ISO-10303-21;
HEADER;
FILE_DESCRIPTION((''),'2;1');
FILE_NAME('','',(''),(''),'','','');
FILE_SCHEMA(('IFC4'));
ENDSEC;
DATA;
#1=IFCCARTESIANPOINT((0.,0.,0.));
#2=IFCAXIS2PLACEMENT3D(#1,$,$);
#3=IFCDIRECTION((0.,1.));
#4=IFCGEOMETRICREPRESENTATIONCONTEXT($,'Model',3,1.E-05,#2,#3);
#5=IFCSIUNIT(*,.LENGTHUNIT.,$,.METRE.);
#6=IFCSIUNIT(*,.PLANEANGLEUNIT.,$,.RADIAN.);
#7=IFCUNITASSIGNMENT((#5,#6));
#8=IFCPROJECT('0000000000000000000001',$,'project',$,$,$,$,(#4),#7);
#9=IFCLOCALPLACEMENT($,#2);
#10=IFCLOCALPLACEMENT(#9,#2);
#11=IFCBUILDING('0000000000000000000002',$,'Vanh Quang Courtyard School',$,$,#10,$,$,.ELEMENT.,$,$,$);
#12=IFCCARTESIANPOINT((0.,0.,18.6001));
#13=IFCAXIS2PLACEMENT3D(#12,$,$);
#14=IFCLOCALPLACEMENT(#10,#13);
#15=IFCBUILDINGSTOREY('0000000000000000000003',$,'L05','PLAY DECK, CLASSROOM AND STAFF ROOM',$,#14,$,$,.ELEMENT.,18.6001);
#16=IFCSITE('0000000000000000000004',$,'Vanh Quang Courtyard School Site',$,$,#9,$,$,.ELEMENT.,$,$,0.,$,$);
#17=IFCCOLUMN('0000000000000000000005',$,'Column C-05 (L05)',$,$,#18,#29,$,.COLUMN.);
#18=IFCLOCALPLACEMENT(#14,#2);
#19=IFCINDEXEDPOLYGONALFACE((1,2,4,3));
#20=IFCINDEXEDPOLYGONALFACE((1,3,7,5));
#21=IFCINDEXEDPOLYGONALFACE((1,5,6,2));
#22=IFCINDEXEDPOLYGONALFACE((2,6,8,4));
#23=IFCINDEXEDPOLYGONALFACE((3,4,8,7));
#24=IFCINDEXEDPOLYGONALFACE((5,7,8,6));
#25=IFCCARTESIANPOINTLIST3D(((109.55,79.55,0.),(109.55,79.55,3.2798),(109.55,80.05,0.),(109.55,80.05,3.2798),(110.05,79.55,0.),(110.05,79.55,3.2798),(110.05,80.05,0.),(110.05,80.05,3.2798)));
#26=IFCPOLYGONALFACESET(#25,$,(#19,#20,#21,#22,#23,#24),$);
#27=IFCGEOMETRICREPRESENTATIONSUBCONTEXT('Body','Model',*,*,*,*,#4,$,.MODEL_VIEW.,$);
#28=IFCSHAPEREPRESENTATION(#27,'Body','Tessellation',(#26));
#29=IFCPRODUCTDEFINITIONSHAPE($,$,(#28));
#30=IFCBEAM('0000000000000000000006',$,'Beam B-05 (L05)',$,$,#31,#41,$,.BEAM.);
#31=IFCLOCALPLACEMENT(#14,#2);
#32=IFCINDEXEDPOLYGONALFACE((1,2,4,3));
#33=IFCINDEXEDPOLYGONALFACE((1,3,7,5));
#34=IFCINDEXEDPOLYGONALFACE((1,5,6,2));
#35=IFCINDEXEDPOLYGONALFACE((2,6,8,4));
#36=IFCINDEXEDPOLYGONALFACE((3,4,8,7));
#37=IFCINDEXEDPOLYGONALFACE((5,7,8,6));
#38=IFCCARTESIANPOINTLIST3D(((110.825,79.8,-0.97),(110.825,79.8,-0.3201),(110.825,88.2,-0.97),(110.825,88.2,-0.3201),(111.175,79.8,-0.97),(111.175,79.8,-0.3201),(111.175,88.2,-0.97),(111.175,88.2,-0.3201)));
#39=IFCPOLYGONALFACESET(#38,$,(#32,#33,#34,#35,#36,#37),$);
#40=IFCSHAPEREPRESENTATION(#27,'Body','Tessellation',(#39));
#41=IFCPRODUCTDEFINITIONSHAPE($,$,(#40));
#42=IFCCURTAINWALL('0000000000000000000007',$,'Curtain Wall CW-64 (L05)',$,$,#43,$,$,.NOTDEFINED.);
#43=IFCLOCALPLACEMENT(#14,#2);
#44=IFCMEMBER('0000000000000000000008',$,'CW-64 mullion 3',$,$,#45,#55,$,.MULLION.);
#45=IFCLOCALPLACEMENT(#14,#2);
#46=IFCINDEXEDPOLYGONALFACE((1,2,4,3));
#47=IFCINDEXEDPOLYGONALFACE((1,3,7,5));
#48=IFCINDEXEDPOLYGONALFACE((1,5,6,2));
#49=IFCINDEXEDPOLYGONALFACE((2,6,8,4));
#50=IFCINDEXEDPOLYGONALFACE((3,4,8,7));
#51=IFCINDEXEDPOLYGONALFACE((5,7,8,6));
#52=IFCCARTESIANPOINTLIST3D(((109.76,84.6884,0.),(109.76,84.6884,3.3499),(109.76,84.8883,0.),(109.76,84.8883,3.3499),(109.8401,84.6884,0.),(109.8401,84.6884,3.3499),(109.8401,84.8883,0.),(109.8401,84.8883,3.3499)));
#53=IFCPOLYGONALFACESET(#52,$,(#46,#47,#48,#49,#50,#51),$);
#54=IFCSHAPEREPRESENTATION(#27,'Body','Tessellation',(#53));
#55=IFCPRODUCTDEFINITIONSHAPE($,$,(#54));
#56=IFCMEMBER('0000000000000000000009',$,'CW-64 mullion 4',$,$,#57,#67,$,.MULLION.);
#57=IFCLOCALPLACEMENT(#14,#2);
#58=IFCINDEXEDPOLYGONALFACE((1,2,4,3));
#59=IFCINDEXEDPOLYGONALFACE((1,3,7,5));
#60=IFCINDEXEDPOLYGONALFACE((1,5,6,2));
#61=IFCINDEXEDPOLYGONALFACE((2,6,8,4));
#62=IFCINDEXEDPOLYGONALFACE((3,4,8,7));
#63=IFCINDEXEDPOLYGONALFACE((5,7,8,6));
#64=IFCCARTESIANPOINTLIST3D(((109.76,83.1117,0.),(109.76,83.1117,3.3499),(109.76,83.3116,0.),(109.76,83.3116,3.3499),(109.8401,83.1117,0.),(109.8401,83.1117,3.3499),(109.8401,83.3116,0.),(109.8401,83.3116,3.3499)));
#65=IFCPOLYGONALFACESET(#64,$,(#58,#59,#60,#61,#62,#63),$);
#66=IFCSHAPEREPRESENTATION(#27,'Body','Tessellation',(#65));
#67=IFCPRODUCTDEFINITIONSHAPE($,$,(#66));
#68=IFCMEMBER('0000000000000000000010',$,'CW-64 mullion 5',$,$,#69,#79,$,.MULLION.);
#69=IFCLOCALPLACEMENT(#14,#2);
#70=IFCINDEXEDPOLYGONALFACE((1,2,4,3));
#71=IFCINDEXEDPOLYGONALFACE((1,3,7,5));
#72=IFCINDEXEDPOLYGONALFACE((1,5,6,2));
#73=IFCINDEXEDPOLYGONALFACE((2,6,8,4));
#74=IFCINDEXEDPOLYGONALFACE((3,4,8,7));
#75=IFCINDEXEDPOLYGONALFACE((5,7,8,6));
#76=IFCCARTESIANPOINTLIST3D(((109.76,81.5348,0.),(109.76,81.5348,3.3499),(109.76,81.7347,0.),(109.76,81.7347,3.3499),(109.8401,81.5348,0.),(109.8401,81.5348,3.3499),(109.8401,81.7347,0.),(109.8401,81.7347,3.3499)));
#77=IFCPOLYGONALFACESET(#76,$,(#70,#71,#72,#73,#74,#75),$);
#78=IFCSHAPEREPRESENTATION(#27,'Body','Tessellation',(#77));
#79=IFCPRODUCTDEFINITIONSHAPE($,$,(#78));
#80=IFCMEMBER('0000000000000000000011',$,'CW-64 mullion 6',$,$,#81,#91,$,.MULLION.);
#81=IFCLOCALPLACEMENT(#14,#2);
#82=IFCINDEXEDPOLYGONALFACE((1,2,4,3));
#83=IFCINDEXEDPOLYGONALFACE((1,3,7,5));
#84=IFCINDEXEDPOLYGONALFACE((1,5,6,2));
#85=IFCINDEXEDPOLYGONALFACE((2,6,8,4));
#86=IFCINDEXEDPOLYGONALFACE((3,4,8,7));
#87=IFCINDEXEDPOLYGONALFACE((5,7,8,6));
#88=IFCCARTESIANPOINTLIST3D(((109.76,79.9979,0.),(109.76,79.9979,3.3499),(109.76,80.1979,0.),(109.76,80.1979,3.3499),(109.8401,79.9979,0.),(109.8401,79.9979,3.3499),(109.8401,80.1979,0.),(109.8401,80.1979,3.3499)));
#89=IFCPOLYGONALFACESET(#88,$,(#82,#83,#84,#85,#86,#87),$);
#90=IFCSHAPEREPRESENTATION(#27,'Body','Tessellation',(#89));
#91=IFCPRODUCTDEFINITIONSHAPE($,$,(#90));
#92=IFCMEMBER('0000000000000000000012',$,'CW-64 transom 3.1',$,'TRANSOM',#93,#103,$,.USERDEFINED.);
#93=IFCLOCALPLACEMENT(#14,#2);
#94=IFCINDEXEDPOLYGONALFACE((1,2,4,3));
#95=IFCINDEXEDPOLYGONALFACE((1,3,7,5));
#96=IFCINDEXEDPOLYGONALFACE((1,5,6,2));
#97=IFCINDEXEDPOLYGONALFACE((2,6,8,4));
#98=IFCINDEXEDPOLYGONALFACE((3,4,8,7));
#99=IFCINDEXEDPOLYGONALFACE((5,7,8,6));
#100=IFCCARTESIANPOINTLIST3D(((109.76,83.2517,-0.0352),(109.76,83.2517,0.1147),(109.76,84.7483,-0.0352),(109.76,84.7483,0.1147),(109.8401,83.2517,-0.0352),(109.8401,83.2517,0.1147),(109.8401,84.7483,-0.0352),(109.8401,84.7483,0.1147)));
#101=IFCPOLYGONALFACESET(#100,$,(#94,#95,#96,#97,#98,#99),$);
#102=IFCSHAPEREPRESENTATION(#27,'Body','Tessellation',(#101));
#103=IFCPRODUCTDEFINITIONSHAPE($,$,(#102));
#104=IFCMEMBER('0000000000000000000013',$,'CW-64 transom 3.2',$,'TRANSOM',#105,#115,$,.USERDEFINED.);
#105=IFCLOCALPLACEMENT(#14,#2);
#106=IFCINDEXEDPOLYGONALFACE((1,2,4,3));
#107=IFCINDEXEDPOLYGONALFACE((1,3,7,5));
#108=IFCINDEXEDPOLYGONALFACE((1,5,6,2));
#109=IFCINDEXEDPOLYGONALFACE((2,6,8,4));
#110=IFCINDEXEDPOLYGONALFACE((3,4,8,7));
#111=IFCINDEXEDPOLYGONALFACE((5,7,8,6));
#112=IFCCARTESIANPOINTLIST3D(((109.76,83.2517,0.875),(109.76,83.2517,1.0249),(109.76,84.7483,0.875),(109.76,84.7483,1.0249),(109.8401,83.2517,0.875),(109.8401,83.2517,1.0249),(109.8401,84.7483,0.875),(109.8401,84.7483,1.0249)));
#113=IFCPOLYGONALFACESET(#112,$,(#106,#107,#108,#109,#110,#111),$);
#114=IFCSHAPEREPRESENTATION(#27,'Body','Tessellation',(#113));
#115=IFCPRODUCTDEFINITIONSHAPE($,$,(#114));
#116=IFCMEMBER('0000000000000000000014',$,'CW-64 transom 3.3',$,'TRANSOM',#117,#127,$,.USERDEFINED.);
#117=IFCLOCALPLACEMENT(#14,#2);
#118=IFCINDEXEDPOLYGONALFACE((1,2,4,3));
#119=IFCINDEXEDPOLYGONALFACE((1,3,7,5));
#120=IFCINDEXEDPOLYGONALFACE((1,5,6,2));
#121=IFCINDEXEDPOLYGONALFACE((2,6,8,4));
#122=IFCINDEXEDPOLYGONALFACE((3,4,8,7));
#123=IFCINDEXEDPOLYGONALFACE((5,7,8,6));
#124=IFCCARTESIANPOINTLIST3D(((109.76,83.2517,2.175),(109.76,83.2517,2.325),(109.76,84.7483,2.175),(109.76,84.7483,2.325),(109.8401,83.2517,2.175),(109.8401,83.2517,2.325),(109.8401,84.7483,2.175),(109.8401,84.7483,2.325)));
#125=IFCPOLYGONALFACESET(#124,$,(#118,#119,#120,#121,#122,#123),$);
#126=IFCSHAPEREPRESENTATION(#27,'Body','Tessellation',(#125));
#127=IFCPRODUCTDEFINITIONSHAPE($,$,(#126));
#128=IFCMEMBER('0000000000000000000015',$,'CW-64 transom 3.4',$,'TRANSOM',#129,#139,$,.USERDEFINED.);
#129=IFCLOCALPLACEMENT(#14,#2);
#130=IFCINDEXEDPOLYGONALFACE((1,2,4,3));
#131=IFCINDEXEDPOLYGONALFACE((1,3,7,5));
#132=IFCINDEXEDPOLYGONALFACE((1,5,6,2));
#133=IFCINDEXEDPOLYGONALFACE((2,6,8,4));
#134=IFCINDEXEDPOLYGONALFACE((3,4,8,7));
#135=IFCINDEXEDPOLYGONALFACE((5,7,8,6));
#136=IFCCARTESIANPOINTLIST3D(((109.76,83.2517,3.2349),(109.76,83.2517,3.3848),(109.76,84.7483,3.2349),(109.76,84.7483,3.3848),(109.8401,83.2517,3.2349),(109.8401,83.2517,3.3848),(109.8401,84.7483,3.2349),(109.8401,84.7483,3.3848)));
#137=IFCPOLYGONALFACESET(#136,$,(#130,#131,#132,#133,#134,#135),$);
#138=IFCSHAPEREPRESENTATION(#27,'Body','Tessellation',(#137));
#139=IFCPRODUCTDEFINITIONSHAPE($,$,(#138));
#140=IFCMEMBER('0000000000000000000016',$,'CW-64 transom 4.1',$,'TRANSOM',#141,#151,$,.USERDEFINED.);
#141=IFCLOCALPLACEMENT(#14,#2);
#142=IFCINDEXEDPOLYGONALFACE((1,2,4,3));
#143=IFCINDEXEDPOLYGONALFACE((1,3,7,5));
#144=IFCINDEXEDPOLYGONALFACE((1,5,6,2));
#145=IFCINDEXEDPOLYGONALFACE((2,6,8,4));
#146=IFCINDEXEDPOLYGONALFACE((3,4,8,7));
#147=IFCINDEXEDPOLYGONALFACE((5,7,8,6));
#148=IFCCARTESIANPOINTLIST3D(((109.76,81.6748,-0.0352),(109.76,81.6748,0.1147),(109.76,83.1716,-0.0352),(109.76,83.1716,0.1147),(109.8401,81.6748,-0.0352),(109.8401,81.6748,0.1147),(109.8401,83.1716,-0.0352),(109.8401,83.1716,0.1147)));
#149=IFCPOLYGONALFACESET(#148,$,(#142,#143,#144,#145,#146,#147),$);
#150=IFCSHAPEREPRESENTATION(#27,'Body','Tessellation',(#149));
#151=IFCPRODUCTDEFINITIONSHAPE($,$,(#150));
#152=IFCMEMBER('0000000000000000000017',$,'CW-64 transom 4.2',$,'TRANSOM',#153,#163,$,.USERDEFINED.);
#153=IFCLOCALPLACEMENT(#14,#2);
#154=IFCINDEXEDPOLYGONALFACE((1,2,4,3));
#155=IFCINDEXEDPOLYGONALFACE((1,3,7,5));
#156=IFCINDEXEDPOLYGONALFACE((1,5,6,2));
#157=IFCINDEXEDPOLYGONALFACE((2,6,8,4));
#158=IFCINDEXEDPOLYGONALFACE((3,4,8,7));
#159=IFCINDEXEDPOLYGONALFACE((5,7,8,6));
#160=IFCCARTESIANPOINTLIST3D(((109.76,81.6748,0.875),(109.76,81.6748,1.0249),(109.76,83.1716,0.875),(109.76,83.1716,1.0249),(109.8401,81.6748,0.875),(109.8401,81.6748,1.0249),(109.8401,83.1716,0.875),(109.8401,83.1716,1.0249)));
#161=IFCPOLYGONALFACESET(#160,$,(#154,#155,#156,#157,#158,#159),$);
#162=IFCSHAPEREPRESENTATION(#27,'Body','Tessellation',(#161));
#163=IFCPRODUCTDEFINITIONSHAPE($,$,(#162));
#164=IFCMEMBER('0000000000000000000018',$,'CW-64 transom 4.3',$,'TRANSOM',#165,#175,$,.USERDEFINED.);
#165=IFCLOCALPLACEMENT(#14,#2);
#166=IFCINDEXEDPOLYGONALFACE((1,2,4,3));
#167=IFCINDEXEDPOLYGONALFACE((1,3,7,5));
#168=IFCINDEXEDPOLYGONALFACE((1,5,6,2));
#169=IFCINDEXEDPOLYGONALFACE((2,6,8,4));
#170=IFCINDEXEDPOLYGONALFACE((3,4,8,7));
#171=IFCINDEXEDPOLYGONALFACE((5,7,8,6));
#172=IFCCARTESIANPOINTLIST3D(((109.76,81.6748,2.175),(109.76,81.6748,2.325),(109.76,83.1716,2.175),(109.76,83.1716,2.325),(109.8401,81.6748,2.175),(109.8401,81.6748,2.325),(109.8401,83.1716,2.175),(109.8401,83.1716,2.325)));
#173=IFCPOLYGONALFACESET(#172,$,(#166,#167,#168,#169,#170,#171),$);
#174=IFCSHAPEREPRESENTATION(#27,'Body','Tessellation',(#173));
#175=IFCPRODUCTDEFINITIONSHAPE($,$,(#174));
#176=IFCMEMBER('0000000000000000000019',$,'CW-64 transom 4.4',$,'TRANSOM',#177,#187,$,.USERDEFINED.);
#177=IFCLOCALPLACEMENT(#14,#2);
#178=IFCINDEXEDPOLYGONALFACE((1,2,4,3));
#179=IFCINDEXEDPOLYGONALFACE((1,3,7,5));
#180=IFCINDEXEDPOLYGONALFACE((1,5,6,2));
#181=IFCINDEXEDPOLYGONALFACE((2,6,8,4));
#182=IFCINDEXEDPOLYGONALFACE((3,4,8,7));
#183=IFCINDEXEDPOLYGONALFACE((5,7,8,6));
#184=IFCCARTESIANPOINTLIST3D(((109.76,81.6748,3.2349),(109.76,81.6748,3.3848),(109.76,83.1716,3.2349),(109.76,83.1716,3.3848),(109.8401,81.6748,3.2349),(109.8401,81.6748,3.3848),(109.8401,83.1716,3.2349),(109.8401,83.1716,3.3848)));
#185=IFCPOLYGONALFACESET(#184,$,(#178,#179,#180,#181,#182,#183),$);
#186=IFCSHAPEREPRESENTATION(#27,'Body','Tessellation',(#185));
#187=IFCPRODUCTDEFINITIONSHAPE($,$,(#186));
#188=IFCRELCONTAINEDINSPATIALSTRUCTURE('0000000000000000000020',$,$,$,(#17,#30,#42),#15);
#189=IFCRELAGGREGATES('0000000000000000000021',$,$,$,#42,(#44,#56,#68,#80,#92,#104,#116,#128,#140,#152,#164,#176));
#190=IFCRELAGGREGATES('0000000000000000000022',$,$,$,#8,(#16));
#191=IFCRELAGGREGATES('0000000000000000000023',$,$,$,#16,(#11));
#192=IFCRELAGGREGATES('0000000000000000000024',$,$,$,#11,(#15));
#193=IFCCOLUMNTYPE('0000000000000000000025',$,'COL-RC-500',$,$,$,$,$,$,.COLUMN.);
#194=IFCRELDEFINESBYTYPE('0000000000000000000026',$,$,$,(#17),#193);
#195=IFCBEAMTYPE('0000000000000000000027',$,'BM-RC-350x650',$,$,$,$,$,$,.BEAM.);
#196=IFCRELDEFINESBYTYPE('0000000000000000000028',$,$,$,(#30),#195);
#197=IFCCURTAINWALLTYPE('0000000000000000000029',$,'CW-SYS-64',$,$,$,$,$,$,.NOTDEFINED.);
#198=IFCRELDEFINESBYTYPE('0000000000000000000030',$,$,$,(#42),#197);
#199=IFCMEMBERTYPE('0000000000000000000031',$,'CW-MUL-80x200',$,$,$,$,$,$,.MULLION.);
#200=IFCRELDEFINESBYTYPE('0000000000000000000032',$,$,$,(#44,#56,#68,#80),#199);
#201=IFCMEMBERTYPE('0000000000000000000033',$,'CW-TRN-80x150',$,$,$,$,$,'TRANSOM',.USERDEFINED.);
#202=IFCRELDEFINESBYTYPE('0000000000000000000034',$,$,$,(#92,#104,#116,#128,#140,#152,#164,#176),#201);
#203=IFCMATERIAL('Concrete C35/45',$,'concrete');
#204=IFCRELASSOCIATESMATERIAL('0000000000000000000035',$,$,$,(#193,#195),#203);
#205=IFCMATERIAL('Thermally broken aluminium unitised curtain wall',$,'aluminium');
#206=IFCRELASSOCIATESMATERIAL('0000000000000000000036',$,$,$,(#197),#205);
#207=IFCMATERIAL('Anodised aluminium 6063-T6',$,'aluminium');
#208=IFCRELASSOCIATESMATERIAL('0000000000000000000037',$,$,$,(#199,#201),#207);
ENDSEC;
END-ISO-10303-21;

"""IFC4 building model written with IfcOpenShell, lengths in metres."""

from ifc_helpers import new_model, si_unit, direction, frame, origin, origin_2d, place, context, subcontext, project, spatial, rectangle, extrude, material, material_profile, profile_set, type_object, element, aggregate, save


model = new_model("IFC4")

# Units and contexts
model_context = context("Model", 3, precision=1e-05, world=origin(), true_north=direction((0.0, 1.0)))
body_context = subcontext(model_context, "Body", "Model", "MODEL_VIEW")
ifc_project = project(units=[si_unit("LENGTHUNIT", "METRE"), si_unit("PLANEANGLEUNIT", "RADIAN")], contexts=[model_context])

# Site, building, storey
site_placement = place(None, origin())
site = spatial("IfcSite", under=ifc_project, at=site_placement, Name="Vanh Quang Courtyard School Site", CompositionType="ELEMENT", RefElevation=0.0)
building_placement = place(site_placement, origin())
building = spatial("IfcBuilding", under=site, at=building_placement, Name="Vanh Quang Courtyard School", CompositionType="ELEMENT")
storey_placement = place(building_placement, frame((0.0, 0.0, 18.6001)))
storey = spatial("IfcBuildingStorey", under=building, at=storey_placement, Name="L05", Description="PLAY DECK, CLASSROOM AND STAFF ROOM", CompositionType="ELEMENT", Elevation=18.6001)

# Column
ifc_material_1 = material(Name="Concrete C35/45", Category="concrete")
ifc_material_profile_1 = material_profile(ifc_material_1, rectangle(XDim=0.5, YDim=0.5, at=origin_2d()), Name="RC-COL 500x500")
ifc_profile_set_1 = profile_set([ifc_material_profile_1], Name="Concrete C35/45")
column_type = type_object("IfcColumnType", Name="COL-RC-500", PredefinedType="COLUMN", material=ifc_profile_set_1)
column_placement = place(storey_placement, frame((109.8, 79.8, 0.0), z_axis=(0.0, 0.0, 1.0), x_axis=(1.0, 0.0, 0.0)))
element("IfcColumn", 1, at=column_placement, inside=storey, type_object=column_type, Name="Column C-05 (L05)", PredefinedType="COLUMN", context=body_context, shape_type="SweptSolid", body=[
    extrude(rectangle(XDim=0.5, YDim=0.5, at=origin_2d()), origin(), (0.0, 0.0, 1.0), 3.2798),
])

# Beam
ifc_material_profile_2 = material_profile(ifc_material_1, rectangle(XDim=0.3501, YDim=0.6499, at=origin_2d()), Name="RC-BM 350x650")
ifc_profile_set_2 = profile_set([ifc_material_profile_2], Name="Concrete C35/45")
beam_type = type_object("IfcBeamType", Name="BM-RC-350x650", PredefinedType="BEAM", material=ifc_profile_set_2)
beam_placement = place(storey_placement, frame((111.0, 79.8, -0.645), z_axis=(0.0, 1.0, 0.0), x_axis=(-1.0, 0.0, 0.0)))
element("IfcBeam", 2, at=beam_placement, inside=storey, type_object=beam_type, Name="Beam B-05 (L05)", PredefinedType="BEAM", context=body_context, shape_type="SweptSolid", body=[
    extrude(rectangle(XDim=0.3501, YDim=0.6499, at=origin_2d()), origin(), (0.0, 0.0, 1.0), 8.3999),
])

# Curtain wall, members
ifc_material_2 = material(Name="Thermally broken aluminium unitised curtain wall", Category="aluminium")
curtain_wall_type = type_object("IfcCurtainWallType", Name="CW-SYS-64", PredefinedType="NOTDEFINED", material=ifc_material_2)
curtain_wall_placement = place(storey_placement, origin())
curtain_wall = element("IfcCurtainWall", 3, at=curtain_wall_placement, inside=storey, type_object=curtain_wall_type, Name="Curtain Wall CW-64 (L05)", PredefinedType="NOTDEFINED")
ifc_material_3 = material(Name="Anodised aluminium 6063-T6", Category="aluminium")
ifc_material_profile_3 = material_profile(ifc_material_3, rectangle(XDim=0.0801, YDim=0.2, at=origin_2d()), Name="ALU-MUL 80x200")
ifc_profile_set_3 = profile_set([ifc_material_profile_3], Name="Anodised aluminium 6063-T6")
member_type_1 = type_object("IfcMemberType", Name="CW-MUL-80x200", PredefinedType="MULLION", material=ifc_profile_set_3)
member_1_placement = place(storey_placement, frame((109.8, 84.7883, 0.0), z_axis=(0.0, 0.0, 1.0), x_axis=(1.0, 0.0, 0.0)))
member_1 = element("IfcMember", 4, at=member_1_placement, type_object=member_type_1, Name="CW-64 mullion 3", PredefinedType="MULLION", context=body_context, shape_type="SweptSolid", body=[
    extrude(rectangle(XDim=0.0801, YDim=0.2, at=origin_2d()), origin(), (0.0, 0.0, 1.0), 3.3499),
])
member_2_placement = place(storey_placement, frame((109.8, 83.2117, 0.0), z_axis=(0.0, 0.0, 1.0), x_axis=(1.0, 0.0, 0.0)))
member_2 = element("IfcMember", 5, at=member_2_placement, type_object=member_type_1, Name="CW-64 mullion 4", PredefinedType="MULLION", context=body_context, shape_type="SweptSolid", body=[
    extrude(rectangle(XDim=0.0801, YDim=0.2, at=origin_2d()), origin(), (0.0, 0.0, 1.0), 3.3499),
])
member_3_placement = place(storey_placement, frame((109.8, 81.6348, 0.0), z_axis=(0.0, 0.0, 1.0), x_axis=(1.0, 0.0, 0.0)))
member_3 = element("IfcMember", 6, at=member_3_placement, type_object=member_type_1, Name="CW-64 mullion 5", PredefinedType="MULLION", context=body_context, shape_type="SweptSolid", body=[
    extrude(rectangle(XDim=0.0801, YDim=0.2, at=origin_2d()), origin(), (0.0, 0.0, 1.0), 3.3499),
])
member_4_placement = place(storey_placement, frame((109.8, 80.0979, 0.0), z_axis=(0.0, 0.0, 1.0), x_axis=(1.0, 0.0, 0.0)))
member_4 = element("IfcMember", 7, at=member_4_placement, type_object=member_type_1, Name="CW-64 mullion 6", PredefinedType="MULLION", context=body_context, shape_type="SweptSolid", body=[
    extrude(rectangle(XDim=0.0801, YDim=0.2, at=origin_2d()), origin(), (0.0, 0.0, 1.0), 3.3499),
])
ifc_material_profile_4 = material_profile(ifc_material_3, rectangle(XDim=0.0801, YDim=0.1499, at=origin_2d()), Name="ALU-TRN 80x150")
ifc_profile_set_4 = profile_set([ifc_material_profile_4], Name="Anodised aluminium 6063-T6")
member_type_2 = type_object("IfcMemberType", Name="CW-TRN-80x150", ElementType="TRANSOM", PredefinedType="USERDEFINED", material=ifc_profile_set_4)
member_5_placement = place(storey_placement, frame((109.8, 84.7483, 0.0398), z_axis=(0.0, -1.0, 0.0), x_axis=(1.0, 0.0, 0.0)))
member_5 = element("IfcMember", 8, at=member_5_placement, type_object=member_type_2, Name="CW-64 transom 3.1", ObjectType="TRANSOM", PredefinedType="USERDEFINED", context=body_context, shape_type="SweptSolid", body=[
    extrude(rectangle(XDim=0.0801, YDim=0.1499, at=origin_2d()), origin(), (0.0, 0.0, 1.0), 1.4966),
])
member_6_placement = place(storey_placement, frame((109.8, 84.7483, 0.95), z_axis=(0.0, -1.0, 0.0), x_axis=(1.0, 0.0, 0.0)))
member_6 = element("IfcMember", 9, at=member_6_placement, type_object=member_type_2, Name="CW-64 transom 3.2", ObjectType="TRANSOM", PredefinedType="USERDEFINED", context=body_context, shape_type="SweptSolid", body=[
    extrude(rectangle(XDim=0.0801, YDim=0.1499, at=origin_2d()), origin(), (0.0, 0.0, 1.0), 1.4966),
])
member_7_placement = place(storey_placement, frame((109.8, 84.7483, 2.25), z_axis=(0.0, -1.0, 0.0), x_axis=(1.0, 0.0, 0.0)))
member_7 = element("IfcMember", 10, at=member_7_placement, type_object=member_type_2, Name="CW-64 transom 3.3", ObjectType="TRANSOM", PredefinedType="USERDEFINED", context=body_context, shape_type="SweptSolid", body=[
    extrude(rectangle(XDim=0.0801, YDim=0.1499, at=origin_2d()), origin(), (0.0, 0.0, 1.0), 1.4966),
])
member_8_placement = place(storey_placement, frame((109.8, 84.7483, 3.3098), z_axis=(0.0, -1.0, 0.0), x_axis=(1.0, 0.0, 0.0)))
member_8 = element("IfcMember", 11, at=member_8_placement, type_object=member_type_2, Name="CW-64 transom 3.4", ObjectType="TRANSOM", PredefinedType="USERDEFINED", context=body_context, shape_type="SweptSolid", body=[
    extrude(rectangle(XDim=0.0801, YDim=0.1499, at=origin_2d()), origin(), (0.0, 0.0, 1.0), 1.4966),
])
member_9_placement = place(storey_placement, frame((109.8, 83.1716, 0.0398), z_axis=(0.0, -1.0, 0.0), x_axis=(1.0, 0.0, 0.0)))
member_9 = element("IfcMember", 12, at=member_9_placement, type_object=member_type_2, Name="CW-64 transom 4.1", ObjectType="TRANSOM", PredefinedType="USERDEFINED", context=body_context, shape_type="SweptSolid", body=[
    extrude(rectangle(XDim=0.0801, YDim=0.1499, at=origin_2d()), origin(), (0.0, 0.0, 1.0), 1.4968),
])
member_10_placement = place(storey_placement, frame((109.8, 83.1716, 0.95), z_axis=(0.0, -1.0, 0.0), x_axis=(1.0, 0.0, 0.0)))
member_10 = element("IfcMember", 13, at=member_10_placement, type_object=member_type_2, Name="CW-64 transom 4.2", ObjectType="TRANSOM", PredefinedType="USERDEFINED", context=body_context, shape_type="SweptSolid", body=[
    extrude(rectangle(XDim=0.0801, YDim=0.1499, at=origin_2d()), origin(), (0.0, 0.0, 1.0), 1.4968),
])
member_11_placement = place(storey_placement, frame((109.8, 83.1716, 2.25), z_axis=(0.0, -1.0, 0.0), x_axis=(1.0, 0.0, 0.0)))
member_11 = element("IfcMember", 14, at=member_11_placement, type_object=member_type_2, Name="CW-64 transom 4.3", ObjectType="TRANSOM", PredefinedType="USERDEFINED", context=body_context, shape_type="SweptSolid", body=[
    extrude(rectangle(XDim=0.0801, YDim=0.1499, at=origin_2d()), origin(), (0.0, 0.0, 1.0), 1.4968),
])
member_12_placement = place(storey_placement, frame((109.8, 83.1716, 3.3098), z_axis=(0.0, -1.0, 0.0), x_axis=(1.0, 0.0, 0.0)))
member_12 = element("IfcMember", 15, at=member_12_placement, type_object=member_type_2, Name="CW-64 transom 4.4", ObjectType="TRANSOM", PredefinedType="USERDEFINED", context=body_context, shape_type="SweptSolid", body=[
    extrude(rectangle(XDim=0.0801, YDim=0.1499, at=origin_2d()), origin(), (0.0, 0.0, 1.0), 1.4968),
])
aggregate(curtain_wall, [member_1, member_2, member_3, member_4, member_5, member_6, member_7, member_8, member_9, member_10, member_11, member_12])

save(model, "model.ifc")
